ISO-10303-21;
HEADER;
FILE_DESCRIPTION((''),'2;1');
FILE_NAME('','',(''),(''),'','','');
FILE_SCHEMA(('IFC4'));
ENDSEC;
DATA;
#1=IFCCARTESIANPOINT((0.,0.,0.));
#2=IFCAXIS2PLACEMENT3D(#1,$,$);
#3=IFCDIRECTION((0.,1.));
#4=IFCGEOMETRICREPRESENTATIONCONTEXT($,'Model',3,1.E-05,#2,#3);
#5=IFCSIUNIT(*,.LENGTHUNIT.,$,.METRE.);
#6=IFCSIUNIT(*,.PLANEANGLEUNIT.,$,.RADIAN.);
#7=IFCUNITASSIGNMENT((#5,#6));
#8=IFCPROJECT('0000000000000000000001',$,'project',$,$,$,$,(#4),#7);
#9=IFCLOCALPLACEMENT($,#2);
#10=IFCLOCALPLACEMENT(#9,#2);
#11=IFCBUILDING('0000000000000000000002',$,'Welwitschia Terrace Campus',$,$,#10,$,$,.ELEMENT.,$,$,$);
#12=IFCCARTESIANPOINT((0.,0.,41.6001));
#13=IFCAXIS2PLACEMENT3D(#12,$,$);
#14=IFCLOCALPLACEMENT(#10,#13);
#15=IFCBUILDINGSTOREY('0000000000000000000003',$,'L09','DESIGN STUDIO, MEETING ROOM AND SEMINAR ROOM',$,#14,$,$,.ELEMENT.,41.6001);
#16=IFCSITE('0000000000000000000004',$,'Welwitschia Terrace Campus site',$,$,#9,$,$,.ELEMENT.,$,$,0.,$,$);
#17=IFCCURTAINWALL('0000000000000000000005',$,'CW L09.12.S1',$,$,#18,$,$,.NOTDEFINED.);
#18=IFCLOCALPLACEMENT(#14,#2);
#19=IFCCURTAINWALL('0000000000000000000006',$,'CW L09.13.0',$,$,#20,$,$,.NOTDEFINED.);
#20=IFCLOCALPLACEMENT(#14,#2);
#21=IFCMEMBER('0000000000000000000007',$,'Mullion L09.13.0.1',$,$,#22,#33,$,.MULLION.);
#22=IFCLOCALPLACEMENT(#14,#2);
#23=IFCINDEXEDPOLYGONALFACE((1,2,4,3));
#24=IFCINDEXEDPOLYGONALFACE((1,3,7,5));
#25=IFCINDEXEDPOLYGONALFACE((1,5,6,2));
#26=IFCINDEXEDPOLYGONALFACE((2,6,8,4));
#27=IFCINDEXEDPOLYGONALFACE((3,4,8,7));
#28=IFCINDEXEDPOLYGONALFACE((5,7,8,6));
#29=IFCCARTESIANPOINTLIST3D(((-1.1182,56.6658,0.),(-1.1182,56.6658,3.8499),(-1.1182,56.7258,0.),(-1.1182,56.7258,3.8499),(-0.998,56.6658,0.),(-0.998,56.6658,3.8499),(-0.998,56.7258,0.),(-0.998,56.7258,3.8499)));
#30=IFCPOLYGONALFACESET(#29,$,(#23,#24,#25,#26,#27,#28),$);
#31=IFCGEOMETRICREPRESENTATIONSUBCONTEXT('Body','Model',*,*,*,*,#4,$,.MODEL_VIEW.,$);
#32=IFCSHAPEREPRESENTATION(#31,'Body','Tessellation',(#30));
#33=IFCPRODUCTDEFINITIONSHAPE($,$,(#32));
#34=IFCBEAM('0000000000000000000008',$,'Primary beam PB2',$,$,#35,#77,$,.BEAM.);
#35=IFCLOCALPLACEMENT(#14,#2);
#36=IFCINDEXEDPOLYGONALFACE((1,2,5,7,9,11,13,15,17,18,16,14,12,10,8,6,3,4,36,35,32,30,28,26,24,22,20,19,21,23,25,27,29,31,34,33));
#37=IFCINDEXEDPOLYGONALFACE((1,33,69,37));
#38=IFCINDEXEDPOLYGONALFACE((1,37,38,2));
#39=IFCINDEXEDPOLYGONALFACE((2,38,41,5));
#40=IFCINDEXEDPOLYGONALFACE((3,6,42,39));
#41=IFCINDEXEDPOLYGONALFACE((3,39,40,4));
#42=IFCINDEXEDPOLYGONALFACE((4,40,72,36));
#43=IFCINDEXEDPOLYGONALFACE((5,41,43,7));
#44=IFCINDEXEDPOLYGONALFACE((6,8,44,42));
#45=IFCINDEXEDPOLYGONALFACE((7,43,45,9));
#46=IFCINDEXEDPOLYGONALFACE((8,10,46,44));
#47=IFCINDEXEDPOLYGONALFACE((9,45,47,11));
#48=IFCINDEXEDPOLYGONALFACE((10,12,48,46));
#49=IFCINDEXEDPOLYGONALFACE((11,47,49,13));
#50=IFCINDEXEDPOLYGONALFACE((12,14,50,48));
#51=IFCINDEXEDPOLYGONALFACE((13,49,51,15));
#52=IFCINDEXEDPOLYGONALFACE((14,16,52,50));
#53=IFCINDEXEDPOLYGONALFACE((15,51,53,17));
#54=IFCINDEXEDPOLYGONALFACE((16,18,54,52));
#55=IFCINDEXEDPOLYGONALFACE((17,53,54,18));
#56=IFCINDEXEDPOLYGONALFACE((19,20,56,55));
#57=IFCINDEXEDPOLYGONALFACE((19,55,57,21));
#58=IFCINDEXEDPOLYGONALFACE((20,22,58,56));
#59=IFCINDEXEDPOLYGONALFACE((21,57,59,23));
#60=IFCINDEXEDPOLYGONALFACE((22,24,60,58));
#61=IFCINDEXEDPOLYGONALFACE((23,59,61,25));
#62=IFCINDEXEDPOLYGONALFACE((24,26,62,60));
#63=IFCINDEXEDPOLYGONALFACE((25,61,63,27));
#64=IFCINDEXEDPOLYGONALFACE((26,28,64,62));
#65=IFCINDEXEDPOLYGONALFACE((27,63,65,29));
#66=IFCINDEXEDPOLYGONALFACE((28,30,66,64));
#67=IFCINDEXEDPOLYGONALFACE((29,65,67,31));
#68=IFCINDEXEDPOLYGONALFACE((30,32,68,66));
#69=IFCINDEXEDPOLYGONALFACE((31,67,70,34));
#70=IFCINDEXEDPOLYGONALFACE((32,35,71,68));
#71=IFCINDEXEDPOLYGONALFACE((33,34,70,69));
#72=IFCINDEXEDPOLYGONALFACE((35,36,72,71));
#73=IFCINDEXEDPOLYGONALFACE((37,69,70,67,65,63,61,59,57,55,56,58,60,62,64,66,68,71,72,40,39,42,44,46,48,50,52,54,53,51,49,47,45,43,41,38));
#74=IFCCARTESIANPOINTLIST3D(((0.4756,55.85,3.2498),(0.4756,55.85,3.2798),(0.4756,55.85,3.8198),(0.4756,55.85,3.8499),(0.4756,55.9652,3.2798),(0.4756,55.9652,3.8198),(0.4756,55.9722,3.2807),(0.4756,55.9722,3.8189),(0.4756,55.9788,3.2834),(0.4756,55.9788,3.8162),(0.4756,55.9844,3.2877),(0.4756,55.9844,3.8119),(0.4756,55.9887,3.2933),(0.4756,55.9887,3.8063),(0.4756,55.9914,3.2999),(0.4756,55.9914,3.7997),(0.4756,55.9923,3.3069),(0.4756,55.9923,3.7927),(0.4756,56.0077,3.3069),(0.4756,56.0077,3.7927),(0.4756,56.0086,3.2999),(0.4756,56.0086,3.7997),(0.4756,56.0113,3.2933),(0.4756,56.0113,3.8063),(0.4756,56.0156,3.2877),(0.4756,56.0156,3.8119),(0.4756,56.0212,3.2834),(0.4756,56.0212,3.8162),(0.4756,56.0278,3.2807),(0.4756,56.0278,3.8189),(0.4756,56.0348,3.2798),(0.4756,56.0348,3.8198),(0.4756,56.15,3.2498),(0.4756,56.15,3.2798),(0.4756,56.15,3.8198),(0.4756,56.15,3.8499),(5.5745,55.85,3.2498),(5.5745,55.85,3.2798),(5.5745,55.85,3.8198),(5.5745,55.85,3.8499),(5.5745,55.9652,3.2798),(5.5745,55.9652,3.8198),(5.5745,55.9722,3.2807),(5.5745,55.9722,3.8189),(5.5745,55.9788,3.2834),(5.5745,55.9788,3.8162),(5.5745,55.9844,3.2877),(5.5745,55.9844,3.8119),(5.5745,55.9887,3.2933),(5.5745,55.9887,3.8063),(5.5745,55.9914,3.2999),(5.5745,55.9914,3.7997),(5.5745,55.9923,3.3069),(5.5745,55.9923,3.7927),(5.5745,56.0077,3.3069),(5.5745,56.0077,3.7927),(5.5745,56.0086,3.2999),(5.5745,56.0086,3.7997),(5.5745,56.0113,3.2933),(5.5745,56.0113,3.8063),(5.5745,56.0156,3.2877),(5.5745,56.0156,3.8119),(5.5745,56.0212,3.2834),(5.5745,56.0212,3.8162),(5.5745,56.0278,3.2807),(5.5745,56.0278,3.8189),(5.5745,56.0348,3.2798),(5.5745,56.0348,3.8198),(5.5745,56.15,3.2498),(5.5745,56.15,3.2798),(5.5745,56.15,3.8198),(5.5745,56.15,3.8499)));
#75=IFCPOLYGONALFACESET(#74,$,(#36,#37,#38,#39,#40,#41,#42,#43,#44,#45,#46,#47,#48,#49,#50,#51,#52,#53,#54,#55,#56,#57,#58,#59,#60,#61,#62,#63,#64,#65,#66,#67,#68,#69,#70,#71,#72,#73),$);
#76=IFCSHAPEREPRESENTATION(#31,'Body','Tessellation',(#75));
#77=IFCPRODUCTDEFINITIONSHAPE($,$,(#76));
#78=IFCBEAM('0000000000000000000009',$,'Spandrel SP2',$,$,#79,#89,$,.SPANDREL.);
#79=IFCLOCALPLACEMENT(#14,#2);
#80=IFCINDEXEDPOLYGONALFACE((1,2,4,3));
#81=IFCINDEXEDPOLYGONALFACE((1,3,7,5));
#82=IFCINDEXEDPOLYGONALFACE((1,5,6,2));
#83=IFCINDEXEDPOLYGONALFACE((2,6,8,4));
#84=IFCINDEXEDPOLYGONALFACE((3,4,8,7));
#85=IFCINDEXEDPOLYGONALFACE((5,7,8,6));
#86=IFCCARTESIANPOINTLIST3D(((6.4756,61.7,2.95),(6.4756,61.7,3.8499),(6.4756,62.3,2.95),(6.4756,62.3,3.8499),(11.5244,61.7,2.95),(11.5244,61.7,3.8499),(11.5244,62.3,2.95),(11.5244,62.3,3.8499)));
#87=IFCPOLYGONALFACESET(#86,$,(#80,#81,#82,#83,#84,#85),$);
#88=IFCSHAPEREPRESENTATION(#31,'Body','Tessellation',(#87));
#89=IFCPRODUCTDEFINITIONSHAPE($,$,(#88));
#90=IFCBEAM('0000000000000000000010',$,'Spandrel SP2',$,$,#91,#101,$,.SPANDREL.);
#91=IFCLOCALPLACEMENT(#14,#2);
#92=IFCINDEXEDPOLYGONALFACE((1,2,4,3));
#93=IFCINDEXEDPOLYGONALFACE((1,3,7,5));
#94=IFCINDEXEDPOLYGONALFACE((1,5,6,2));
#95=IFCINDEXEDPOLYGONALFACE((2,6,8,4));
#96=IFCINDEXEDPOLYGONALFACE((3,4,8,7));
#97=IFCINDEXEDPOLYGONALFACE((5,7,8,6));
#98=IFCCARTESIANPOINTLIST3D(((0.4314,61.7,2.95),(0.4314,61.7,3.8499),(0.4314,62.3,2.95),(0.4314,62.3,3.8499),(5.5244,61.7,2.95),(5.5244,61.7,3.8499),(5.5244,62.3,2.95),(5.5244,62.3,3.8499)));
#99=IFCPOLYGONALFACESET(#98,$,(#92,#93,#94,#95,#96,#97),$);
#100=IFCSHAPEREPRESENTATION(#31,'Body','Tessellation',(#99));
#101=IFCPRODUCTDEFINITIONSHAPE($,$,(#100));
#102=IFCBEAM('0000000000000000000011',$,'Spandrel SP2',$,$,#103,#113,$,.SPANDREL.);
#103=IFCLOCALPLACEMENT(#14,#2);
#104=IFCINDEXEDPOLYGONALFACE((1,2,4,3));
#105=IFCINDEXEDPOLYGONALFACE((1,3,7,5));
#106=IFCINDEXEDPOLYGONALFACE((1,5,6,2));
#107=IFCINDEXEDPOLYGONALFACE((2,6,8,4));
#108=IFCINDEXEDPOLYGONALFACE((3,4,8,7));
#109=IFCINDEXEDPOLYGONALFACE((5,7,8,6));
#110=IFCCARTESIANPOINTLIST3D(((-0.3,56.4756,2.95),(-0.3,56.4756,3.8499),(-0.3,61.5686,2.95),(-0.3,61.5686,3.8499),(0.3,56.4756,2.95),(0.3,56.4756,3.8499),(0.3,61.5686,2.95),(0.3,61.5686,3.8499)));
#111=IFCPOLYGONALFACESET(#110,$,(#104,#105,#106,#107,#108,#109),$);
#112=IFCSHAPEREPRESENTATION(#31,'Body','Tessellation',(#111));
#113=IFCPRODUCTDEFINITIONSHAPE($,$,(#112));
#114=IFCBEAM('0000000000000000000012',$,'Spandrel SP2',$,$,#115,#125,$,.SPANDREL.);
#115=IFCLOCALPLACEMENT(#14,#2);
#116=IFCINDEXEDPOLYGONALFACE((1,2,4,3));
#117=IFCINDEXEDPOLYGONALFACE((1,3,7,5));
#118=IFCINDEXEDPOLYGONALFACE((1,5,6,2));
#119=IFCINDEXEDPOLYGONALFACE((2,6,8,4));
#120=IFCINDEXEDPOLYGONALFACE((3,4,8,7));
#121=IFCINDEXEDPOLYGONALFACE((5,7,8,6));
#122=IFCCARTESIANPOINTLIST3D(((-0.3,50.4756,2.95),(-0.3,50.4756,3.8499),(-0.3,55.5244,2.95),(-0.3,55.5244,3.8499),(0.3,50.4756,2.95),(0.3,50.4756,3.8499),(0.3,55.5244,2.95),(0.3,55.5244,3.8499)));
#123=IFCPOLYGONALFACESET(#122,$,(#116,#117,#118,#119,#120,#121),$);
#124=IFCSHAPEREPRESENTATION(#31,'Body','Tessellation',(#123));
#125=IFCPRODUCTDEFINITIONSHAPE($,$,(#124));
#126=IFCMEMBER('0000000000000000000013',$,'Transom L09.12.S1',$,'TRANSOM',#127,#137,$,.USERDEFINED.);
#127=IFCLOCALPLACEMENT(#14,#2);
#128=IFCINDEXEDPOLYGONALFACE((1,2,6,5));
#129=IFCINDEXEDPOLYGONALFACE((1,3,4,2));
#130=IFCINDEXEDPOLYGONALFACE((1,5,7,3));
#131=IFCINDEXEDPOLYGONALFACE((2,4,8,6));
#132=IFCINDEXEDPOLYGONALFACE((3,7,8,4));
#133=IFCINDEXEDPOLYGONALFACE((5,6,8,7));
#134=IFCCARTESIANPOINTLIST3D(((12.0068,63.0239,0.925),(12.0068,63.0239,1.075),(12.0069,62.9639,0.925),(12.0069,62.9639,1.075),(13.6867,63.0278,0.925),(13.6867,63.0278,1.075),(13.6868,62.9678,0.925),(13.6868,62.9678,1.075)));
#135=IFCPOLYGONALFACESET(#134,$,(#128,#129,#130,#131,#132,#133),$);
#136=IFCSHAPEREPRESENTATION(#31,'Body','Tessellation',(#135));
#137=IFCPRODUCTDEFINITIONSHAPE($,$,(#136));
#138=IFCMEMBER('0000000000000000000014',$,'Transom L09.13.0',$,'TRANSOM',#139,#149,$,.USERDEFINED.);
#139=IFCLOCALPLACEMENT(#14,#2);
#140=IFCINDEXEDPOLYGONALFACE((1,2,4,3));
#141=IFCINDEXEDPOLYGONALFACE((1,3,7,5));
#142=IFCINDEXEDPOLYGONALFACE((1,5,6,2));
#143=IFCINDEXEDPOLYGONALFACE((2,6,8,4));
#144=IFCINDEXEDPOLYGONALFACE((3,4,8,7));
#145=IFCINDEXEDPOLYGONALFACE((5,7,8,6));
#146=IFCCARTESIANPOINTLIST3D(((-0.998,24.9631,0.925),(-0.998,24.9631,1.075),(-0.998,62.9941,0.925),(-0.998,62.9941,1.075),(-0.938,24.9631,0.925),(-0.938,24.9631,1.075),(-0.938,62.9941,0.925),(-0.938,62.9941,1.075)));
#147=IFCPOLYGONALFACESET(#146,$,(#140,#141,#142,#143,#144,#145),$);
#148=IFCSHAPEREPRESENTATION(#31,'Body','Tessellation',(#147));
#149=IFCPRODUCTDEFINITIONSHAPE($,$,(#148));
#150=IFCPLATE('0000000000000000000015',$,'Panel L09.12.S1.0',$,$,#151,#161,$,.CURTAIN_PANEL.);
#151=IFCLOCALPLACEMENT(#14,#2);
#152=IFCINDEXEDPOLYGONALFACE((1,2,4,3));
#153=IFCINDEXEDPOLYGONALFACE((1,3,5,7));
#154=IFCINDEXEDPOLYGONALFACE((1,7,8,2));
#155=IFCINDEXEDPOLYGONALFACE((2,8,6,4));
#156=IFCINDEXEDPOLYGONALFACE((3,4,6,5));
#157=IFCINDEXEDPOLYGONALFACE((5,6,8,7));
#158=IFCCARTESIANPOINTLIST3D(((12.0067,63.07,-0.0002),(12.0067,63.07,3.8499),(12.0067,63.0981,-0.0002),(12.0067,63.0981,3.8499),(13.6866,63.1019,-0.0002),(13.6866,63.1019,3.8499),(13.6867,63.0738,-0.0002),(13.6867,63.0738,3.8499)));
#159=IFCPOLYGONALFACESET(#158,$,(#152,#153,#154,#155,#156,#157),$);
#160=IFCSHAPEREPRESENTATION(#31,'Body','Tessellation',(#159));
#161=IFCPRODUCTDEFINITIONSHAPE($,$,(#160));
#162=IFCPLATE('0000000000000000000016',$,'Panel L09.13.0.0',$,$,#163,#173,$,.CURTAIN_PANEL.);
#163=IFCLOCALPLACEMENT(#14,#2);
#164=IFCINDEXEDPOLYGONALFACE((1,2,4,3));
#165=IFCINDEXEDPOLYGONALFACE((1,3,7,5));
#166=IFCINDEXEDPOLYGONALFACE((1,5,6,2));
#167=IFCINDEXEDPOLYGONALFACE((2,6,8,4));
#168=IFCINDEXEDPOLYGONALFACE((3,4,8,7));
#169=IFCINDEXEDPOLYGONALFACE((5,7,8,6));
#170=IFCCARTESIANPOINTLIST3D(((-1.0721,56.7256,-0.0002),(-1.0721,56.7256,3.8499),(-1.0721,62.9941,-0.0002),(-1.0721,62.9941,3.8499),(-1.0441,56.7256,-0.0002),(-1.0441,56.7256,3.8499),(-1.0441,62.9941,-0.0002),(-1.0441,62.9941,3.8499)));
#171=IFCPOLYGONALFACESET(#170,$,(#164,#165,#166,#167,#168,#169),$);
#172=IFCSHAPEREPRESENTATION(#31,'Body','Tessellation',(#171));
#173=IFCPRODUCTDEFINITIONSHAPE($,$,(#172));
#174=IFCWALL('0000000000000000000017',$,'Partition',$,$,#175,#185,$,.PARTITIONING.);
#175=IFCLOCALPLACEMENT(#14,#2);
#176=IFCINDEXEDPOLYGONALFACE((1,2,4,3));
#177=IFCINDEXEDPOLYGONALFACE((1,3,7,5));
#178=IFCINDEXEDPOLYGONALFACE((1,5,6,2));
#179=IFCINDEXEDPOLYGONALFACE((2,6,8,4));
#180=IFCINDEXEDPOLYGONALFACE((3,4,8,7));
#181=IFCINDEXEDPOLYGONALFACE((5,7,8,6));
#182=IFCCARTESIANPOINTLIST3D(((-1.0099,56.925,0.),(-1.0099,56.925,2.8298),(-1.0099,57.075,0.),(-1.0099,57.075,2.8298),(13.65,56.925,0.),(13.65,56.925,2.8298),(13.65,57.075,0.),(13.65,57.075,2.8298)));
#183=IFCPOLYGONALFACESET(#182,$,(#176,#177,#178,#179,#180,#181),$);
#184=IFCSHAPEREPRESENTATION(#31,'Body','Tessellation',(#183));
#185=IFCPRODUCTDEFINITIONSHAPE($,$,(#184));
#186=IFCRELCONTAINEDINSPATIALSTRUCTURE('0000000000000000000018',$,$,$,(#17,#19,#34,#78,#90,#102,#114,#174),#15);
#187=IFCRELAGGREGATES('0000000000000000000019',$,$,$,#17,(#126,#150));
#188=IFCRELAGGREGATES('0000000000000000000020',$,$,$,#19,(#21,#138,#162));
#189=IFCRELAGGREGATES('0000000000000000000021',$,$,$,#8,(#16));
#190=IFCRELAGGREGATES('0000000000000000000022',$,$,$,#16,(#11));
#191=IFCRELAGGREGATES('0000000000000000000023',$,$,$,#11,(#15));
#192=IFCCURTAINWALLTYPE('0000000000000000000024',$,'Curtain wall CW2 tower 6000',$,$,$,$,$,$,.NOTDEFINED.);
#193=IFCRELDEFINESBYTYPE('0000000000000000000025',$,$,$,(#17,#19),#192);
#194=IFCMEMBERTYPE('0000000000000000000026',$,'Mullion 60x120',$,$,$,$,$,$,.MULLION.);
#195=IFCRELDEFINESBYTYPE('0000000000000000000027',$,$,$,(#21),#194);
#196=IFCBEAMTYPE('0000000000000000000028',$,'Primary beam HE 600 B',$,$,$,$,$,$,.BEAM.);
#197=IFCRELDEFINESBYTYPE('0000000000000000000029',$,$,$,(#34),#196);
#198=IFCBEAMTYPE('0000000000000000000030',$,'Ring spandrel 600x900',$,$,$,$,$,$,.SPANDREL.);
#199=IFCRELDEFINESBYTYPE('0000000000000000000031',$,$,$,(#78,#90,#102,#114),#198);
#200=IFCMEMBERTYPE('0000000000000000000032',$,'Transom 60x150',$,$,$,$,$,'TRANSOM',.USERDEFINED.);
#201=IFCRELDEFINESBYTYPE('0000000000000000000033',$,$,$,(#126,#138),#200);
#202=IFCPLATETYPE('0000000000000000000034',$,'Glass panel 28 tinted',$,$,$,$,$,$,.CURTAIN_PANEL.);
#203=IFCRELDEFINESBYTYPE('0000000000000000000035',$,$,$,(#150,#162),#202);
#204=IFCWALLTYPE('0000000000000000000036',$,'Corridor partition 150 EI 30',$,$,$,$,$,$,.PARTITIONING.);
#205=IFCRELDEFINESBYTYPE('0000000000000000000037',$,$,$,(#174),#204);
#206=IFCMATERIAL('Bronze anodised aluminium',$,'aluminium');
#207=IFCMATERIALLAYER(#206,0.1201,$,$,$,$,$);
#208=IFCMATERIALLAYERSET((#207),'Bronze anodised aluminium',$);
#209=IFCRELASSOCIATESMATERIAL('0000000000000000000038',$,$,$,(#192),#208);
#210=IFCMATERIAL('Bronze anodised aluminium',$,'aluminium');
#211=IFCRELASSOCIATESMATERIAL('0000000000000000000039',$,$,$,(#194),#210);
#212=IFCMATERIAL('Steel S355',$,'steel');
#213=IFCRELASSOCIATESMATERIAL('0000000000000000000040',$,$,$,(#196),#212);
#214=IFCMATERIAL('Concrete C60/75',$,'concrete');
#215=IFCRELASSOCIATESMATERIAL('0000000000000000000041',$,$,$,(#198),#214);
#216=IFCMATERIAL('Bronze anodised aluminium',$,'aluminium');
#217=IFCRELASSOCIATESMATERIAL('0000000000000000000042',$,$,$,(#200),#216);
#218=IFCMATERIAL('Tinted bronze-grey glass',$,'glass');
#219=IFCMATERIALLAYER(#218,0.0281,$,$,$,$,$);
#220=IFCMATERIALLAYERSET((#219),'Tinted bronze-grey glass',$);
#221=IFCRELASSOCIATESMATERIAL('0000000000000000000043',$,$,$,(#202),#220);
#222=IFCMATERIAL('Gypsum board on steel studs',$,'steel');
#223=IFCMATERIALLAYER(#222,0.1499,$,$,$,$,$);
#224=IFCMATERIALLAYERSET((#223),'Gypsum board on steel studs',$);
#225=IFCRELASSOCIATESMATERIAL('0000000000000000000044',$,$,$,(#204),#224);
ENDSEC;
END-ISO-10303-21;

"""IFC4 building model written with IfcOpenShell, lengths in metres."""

from ifc_helpers import new_model, si_unit, direction, frame, frame_2d, origin, origin_2d, place, context, subcontext, project, spatial, rectangle, i_section, extrude, material, layer, layer_set, material_profile, profile_set, type_object, element, aggregate, save


model = new_model("IFC4")

# Units and contexts
model_context = context("Model", 3, precision=1e-05, world=origin(), true_north=direction((0.0, 1.0)))
body_context = subcontext(model_context, "Body", "Model", "MODEL_VIEW")
ifc_project = project(units=[si_unit("LENGTHUNIT", "METRE"), si_unit("PLANEANGLEUNIT", "RADIAN")], contexts=[model_context])

# Site, building, storey
site_placement = place(None, origin())
site = spatial("IfcSite", under=ifc_project, at=site_placement, Name="Welwitschia Terrace Campus site", CompositionType="ELEMENT", RefElevation=0.0)
building_placement = place(site_placement, origin())
building = spatial("IfcBuilding", under=site, at=building_placement, Name="Welwitschia Terrace Campus", CompositionType="ELEMENT")
storey_placement = place(building_placement, frame((0.0, 0.0, 41.6001)))
storey = spatial("IfcBuildingStorey", under=building, at=storey_placement, Name="L09", Description="DESIGN STUDIO, MEETING ROOM AND SEMINAR ROOM", CompositionType="ELEMENT", Elevation=41.6001)

# Curtain walls, member
ifc_material_1 = material(Name="Bronze anodised aluminium", Category="aluminium")
ifc_layer_1 = layer(ifc_material_1, 0.1201)
ifc_layer_set_1 = layer_set([ifc_layer_1], Name="Bronze anodised aluminium")
curtain_wall_type = type_object("IfcCurtainWallType", Name="Curtain wall CW2 tower 6000", PredefinedType="NOTDEFINED", material=ifc_layer_set_1)
curtain_wall_1_placement = place(storey_placement, origin())
curtain_wall_1 = element("IfcCurtainWall", 1, at=curtain_wall_1_placement, inside=storey, type_object=curtain_wall_type, Name="CW L09.12.S1", PredefinedType="NOTDEFINED")
ifc_material_2 = material(Name="Bronze anodised aluminium", Category="aluminium")
ifc_material_profile_1 = material_profile(ifc_material_2, rectangle(XDim=0.1201, YDim=0.0601, at=origin_2d()))
ifc_profile_set_1 = profile_set([ifc_material_profile_1], Name="Bronze anodised aluminium")
member_type_1 = type_object("IfcMemberType", Name="Mullion 60x120", PredefinedType="MULLION", material=ifc_profile_set_1)
curtain_wall_2_placement = place(storey_placement, origin())
curtain_wall_2 = element("IfcCurtainWall", 2, at=curtain_wall_2_placement, inside=storey, type_object=curtain_wall_type, Name="CW L09.13.0", PredefinedType="NOTDEFINED")
member_1_placement = place(storey_placement, frame((-1.0581, 56.6958, 0.0), z_axis=(0.0, 0.0, 1.0), x_axis=(1.0, 0.0, 0.0)))
member_1 = element("IfcMember", 3, at=member_1_placement, type_object=member_type_1, Name="Mullion L09.13.0.1", PredefinedType="MULLION", context=body_context, shape_type="SweptSolid", body=[
    extrude(rectangle(XDim=0.1201, YDim=0.0601, at=origin_2d()), origin(), (0.0, 0.0, 1.0), 3.8499),
])

# Beams
ifc_material_3 = material(Name="Steel S355", Category="steel")
ifc_material_profile_2 = material_profile(ifc_material_3, i_section(OverallWidth=0.3, OverallDepth=0.6001, WebThickness=0.0154, FlangeThickness=0.03, FilletRadius=0.0271, at=origin_2d()))
ifc_profile_set_2 = profile_set([ifc_material_profile_2], Name="Steel S355")
beam_type_1 = type_object("IfcBeamType", Name="Primary beam HE 600 B", PredefinedType="BEAM", material=ifc_profile_set_2)
beam_1_placement = place(storey_placement, frame((0.4756, 56.0, 3.5498), z_axis=(1.0, 0.0, 0.0), x_axis=(0.0, 1.0, 0.0)))
element("IfcBeam", 4, at=beam_1_placement, inside=storey, type_object=beam_type_1, Name="Primary beam PB2", PredefinedType="BEAM", context=body_context, shape_type="SweptSolid", body=[
    extrude(i_section(OverallWidth=0.3, OverallDepth=0.6001, WebThickness=0.0154, FlangeThickness=0.03, FilletRadius=0.0271, at=origin_2d()), origin(), (0.0, 0.0, 1.0), 5.0989),
])
ifc_material_4 = material(Name="Concrete C60/75", Category="concrete")
ifc_material_profile_3 = material_profile(ifc_material_4, rectangle(XDim=0.6001, YDim=0.8999, at=origin_2d()))
ifc_profile_set_3 = profile_set([ifc_material_profile_3], Name="Concrete C60/75")
beam_type_2 = type_object("IfcBeamType", Name="Ring spandrel 600x900", PredefinedType="SPANDREL", material=ifc_profile_set_3)
beam_2_placement = place(storey_placement, frame((11.5244, 62.0, 3.3999), z_axis=(-1.0, 0.0, 0.0), x_axis=(0.0, -1.0, 0.0)))
element("IfcBeam", 5, at=beam_2_placement, inside=storey, type_object=beam_type_2, Name="Spandrel SP2", PredefinedType="SPANDREL", context=body_context, shape_type="SweptSolid", body=[
    extrude(rectangle(XDim=0.6001, YDim=0.8999, at=origin_2d()), origin(), (0.0, 0.0, 1.0), 5.0488),
])
for number, where, z_axis, x_axis, name in (
    (6, (5.5244, 62.0, 3.3999), (-1.0, 0.0, 0.0), (0.0, -1.0, 0.0), "Spandrel SP2"),
    (7, (0.0, 61.5686, 3.3999), (0.0, -1.0, 0.0), (1.0, 0.0, 0.0), "Spandrel SP2"),
):
    element("IfcBeam", number, at=place(storey_placement, frame(where, z_axis=z_axis, x_axis=x_axis)), inside=storey, type_object=beam_type_2, Name=name, PredefinedType="SPANDREL", context=body_context, shape_type="SweptSolid", body=[
        extrude(rectangle(XDim=0.6001, YDim=0.8999, at=origin_2d()), origin(), (0.0, 0.0, 1.0), 5.093),
    ])
beam_3_placement = place(storey_placement, frame((0.0, 55.5244, 3.3999), z_axis=(0.0, -1.0, 0.0), x_axis=(1.0, 0.0, 0.0)))
element("IfcBeam", 8, at=beam_3_placement, inside=storey, type_object=beam_type_2, Name="Spandrel SP2", PredefinedType="SPANDREL", context=body_context, shape_type="SweptSolid", body=[
    extrude(rectangle(XDim=0.6001, YDim=0.8999, at=origin_2d()), origin(), (0.0, 0.0, 1.0), 5.0488),
])

# Members
ifc_material_5 = material(Name="Bronze anodised aluminium", Category="aluminium")
ifc_material_profile_4 = material_profile(ifc_material_5, rectangle(XDim=0.0601, YDim=0.1499, at=origin_2d()))
ifc_profile_set_4 = profile_set([ifc_material_profile_4], Name="Bronze anodised aluminium")
member_type_2 = type_object("IfcMemberType", Name="Transom 60x150", ElementType="TRANSOM", PredefinedType="USERDEFINED", material=ifc_profile_set_4)
member_2_placement = place(storey_placement, frame((13.6868, 62.9978, 1.0), z_axis=(-0.999997, -0.002325, 0.0), x_axis=(0.002325, -0.999997, 0.0)))
member_2 = element("IfcMember", 9, at=member_2_placement, type_object=member_type_2, Name="Transom L09.12.S1", ObjectType="TRANSOM", PredefinedType="USERDEFINED", context=body_context, shape_type="SweptSolid", body=[
    extrude(rectangle(XDim=0.0601, YDim=0.1499, at=origin_2d()), origin(), (0.0, 0.0, 1.0), 1.6799),
])
member_3_placement = place(storey_placement, frame((-0.968, 62.9941, 1.0), z_axis=(0.0, -1.0, 0.0), x_axis=(1.0, 0.0, 0.0)))
member_3 = element("IfcMember", 10, at=member_3_placement, type_object=member_type_2, Name="Transom L09.13.0", ObjectType="TRANSOM", PredefinedType="USERDEFINED", context=body_context, shape_type="SweptSolid", body=[
    extrude(rectangle(XDim=0.0601, YDim=0.1499, at=origin_2d()), origin(), (0.0, 0.0, 1.0), 38.031),
])

# Plates
ifc_material_6 = material(Name="Tinted bronze-grey glass", Category="glass")
ifc_layer_2 = layer(ifc_material_6, 0.0281)
ifc_layer_set_2 = layer_set([ifc_layer_2], Name="Tinted bronze-grey glass")
plate_type = type_object("IfcPlateType", Name="Glass panel 28 tinted", PredefinedType="CURTAIN_PANEL", material=ifc_layer_set_2)
plate_1_placement = place(storey_placement, frame((12.8467, 63.0859, -0.0002), z_axis=(0.0, 0.0, 1.0), x_axis=(-0.999997, -0.002277, 0.0)))
plate_1 = element("IfcPlate", 11, at=plate_1_placement, type_object=plate_type, Name="Panel L09.12.S1.0", PredefinedType="CURTAIN_PANEL", context=body_context, shape_type="SweptSolid", body=[
    extrude(rectangle(XDim=1.6799, YDim=0.0281, at=origin_2d()), origin(), (0.0, 0.0, 1.0), 3.8501),
])
aggregate(curtain_wall_1, [member_2, plate_1])
plate_2_placement = place(storey_placement, frame((-1.0581, 59.8599, -0.0002), z_axis=(0.0, 0.0, 1.0), x_axis=(0.0, -1.0, 0.0)))
plate_2 = element("IfcPlate", 12, at=plate_2_placement, type_object=plate_type, Name="Panel L09.13.0.0", PredefinedType="CURTAIN_PANEL", context=body_context, shape_type="SweptSolid", body=[
    extrude(rectangle(XDim=6.2686, YDim=0.0281, at=origin_2d()), origin(), (0.0, 0.0, 1.0), 3.8501),
])
aggregate(curtain_wall_2, [member_1, member_3, plate_2])

# Wall
ifc_material_7 = material(Name="Gypsum board on steel studs", Category="steel")
ifc_layer_3 = layer(ifc_material_7, 0.1499)
ifc_layer_set_3 = layer_set([ifc_layer_3], Name="Gypsum board on steel studs")
wall_type_1 = type_object("IfcWallType", Name="Corridor partition 150 EI 30", PredefinedType="PARTITIONING", material=ifc_layer_set_3)
wall_1_placement = place(storey_placement, frame((-1.01, 57.0, 0.0), z_axis=(0.0, 0.0, 1.0), x_axis=(1.0, 0.0, 0.0)))
element("IfcWall", 13, at=wall_1_placement, inside=storey, type_object=wall_type_1, Name="Partition", PredefinedType="PARTITIONING", context=body_context, shape_type="SweptSolid", body=[
    extrude(rectangle(XDim=14.6599, YDim=0.1499, at=frame_2d((7.3301, 0.0))), origin(), (0.0, 0.0, 1.0), 2.8298),
])

save(model, "model.ifc")
